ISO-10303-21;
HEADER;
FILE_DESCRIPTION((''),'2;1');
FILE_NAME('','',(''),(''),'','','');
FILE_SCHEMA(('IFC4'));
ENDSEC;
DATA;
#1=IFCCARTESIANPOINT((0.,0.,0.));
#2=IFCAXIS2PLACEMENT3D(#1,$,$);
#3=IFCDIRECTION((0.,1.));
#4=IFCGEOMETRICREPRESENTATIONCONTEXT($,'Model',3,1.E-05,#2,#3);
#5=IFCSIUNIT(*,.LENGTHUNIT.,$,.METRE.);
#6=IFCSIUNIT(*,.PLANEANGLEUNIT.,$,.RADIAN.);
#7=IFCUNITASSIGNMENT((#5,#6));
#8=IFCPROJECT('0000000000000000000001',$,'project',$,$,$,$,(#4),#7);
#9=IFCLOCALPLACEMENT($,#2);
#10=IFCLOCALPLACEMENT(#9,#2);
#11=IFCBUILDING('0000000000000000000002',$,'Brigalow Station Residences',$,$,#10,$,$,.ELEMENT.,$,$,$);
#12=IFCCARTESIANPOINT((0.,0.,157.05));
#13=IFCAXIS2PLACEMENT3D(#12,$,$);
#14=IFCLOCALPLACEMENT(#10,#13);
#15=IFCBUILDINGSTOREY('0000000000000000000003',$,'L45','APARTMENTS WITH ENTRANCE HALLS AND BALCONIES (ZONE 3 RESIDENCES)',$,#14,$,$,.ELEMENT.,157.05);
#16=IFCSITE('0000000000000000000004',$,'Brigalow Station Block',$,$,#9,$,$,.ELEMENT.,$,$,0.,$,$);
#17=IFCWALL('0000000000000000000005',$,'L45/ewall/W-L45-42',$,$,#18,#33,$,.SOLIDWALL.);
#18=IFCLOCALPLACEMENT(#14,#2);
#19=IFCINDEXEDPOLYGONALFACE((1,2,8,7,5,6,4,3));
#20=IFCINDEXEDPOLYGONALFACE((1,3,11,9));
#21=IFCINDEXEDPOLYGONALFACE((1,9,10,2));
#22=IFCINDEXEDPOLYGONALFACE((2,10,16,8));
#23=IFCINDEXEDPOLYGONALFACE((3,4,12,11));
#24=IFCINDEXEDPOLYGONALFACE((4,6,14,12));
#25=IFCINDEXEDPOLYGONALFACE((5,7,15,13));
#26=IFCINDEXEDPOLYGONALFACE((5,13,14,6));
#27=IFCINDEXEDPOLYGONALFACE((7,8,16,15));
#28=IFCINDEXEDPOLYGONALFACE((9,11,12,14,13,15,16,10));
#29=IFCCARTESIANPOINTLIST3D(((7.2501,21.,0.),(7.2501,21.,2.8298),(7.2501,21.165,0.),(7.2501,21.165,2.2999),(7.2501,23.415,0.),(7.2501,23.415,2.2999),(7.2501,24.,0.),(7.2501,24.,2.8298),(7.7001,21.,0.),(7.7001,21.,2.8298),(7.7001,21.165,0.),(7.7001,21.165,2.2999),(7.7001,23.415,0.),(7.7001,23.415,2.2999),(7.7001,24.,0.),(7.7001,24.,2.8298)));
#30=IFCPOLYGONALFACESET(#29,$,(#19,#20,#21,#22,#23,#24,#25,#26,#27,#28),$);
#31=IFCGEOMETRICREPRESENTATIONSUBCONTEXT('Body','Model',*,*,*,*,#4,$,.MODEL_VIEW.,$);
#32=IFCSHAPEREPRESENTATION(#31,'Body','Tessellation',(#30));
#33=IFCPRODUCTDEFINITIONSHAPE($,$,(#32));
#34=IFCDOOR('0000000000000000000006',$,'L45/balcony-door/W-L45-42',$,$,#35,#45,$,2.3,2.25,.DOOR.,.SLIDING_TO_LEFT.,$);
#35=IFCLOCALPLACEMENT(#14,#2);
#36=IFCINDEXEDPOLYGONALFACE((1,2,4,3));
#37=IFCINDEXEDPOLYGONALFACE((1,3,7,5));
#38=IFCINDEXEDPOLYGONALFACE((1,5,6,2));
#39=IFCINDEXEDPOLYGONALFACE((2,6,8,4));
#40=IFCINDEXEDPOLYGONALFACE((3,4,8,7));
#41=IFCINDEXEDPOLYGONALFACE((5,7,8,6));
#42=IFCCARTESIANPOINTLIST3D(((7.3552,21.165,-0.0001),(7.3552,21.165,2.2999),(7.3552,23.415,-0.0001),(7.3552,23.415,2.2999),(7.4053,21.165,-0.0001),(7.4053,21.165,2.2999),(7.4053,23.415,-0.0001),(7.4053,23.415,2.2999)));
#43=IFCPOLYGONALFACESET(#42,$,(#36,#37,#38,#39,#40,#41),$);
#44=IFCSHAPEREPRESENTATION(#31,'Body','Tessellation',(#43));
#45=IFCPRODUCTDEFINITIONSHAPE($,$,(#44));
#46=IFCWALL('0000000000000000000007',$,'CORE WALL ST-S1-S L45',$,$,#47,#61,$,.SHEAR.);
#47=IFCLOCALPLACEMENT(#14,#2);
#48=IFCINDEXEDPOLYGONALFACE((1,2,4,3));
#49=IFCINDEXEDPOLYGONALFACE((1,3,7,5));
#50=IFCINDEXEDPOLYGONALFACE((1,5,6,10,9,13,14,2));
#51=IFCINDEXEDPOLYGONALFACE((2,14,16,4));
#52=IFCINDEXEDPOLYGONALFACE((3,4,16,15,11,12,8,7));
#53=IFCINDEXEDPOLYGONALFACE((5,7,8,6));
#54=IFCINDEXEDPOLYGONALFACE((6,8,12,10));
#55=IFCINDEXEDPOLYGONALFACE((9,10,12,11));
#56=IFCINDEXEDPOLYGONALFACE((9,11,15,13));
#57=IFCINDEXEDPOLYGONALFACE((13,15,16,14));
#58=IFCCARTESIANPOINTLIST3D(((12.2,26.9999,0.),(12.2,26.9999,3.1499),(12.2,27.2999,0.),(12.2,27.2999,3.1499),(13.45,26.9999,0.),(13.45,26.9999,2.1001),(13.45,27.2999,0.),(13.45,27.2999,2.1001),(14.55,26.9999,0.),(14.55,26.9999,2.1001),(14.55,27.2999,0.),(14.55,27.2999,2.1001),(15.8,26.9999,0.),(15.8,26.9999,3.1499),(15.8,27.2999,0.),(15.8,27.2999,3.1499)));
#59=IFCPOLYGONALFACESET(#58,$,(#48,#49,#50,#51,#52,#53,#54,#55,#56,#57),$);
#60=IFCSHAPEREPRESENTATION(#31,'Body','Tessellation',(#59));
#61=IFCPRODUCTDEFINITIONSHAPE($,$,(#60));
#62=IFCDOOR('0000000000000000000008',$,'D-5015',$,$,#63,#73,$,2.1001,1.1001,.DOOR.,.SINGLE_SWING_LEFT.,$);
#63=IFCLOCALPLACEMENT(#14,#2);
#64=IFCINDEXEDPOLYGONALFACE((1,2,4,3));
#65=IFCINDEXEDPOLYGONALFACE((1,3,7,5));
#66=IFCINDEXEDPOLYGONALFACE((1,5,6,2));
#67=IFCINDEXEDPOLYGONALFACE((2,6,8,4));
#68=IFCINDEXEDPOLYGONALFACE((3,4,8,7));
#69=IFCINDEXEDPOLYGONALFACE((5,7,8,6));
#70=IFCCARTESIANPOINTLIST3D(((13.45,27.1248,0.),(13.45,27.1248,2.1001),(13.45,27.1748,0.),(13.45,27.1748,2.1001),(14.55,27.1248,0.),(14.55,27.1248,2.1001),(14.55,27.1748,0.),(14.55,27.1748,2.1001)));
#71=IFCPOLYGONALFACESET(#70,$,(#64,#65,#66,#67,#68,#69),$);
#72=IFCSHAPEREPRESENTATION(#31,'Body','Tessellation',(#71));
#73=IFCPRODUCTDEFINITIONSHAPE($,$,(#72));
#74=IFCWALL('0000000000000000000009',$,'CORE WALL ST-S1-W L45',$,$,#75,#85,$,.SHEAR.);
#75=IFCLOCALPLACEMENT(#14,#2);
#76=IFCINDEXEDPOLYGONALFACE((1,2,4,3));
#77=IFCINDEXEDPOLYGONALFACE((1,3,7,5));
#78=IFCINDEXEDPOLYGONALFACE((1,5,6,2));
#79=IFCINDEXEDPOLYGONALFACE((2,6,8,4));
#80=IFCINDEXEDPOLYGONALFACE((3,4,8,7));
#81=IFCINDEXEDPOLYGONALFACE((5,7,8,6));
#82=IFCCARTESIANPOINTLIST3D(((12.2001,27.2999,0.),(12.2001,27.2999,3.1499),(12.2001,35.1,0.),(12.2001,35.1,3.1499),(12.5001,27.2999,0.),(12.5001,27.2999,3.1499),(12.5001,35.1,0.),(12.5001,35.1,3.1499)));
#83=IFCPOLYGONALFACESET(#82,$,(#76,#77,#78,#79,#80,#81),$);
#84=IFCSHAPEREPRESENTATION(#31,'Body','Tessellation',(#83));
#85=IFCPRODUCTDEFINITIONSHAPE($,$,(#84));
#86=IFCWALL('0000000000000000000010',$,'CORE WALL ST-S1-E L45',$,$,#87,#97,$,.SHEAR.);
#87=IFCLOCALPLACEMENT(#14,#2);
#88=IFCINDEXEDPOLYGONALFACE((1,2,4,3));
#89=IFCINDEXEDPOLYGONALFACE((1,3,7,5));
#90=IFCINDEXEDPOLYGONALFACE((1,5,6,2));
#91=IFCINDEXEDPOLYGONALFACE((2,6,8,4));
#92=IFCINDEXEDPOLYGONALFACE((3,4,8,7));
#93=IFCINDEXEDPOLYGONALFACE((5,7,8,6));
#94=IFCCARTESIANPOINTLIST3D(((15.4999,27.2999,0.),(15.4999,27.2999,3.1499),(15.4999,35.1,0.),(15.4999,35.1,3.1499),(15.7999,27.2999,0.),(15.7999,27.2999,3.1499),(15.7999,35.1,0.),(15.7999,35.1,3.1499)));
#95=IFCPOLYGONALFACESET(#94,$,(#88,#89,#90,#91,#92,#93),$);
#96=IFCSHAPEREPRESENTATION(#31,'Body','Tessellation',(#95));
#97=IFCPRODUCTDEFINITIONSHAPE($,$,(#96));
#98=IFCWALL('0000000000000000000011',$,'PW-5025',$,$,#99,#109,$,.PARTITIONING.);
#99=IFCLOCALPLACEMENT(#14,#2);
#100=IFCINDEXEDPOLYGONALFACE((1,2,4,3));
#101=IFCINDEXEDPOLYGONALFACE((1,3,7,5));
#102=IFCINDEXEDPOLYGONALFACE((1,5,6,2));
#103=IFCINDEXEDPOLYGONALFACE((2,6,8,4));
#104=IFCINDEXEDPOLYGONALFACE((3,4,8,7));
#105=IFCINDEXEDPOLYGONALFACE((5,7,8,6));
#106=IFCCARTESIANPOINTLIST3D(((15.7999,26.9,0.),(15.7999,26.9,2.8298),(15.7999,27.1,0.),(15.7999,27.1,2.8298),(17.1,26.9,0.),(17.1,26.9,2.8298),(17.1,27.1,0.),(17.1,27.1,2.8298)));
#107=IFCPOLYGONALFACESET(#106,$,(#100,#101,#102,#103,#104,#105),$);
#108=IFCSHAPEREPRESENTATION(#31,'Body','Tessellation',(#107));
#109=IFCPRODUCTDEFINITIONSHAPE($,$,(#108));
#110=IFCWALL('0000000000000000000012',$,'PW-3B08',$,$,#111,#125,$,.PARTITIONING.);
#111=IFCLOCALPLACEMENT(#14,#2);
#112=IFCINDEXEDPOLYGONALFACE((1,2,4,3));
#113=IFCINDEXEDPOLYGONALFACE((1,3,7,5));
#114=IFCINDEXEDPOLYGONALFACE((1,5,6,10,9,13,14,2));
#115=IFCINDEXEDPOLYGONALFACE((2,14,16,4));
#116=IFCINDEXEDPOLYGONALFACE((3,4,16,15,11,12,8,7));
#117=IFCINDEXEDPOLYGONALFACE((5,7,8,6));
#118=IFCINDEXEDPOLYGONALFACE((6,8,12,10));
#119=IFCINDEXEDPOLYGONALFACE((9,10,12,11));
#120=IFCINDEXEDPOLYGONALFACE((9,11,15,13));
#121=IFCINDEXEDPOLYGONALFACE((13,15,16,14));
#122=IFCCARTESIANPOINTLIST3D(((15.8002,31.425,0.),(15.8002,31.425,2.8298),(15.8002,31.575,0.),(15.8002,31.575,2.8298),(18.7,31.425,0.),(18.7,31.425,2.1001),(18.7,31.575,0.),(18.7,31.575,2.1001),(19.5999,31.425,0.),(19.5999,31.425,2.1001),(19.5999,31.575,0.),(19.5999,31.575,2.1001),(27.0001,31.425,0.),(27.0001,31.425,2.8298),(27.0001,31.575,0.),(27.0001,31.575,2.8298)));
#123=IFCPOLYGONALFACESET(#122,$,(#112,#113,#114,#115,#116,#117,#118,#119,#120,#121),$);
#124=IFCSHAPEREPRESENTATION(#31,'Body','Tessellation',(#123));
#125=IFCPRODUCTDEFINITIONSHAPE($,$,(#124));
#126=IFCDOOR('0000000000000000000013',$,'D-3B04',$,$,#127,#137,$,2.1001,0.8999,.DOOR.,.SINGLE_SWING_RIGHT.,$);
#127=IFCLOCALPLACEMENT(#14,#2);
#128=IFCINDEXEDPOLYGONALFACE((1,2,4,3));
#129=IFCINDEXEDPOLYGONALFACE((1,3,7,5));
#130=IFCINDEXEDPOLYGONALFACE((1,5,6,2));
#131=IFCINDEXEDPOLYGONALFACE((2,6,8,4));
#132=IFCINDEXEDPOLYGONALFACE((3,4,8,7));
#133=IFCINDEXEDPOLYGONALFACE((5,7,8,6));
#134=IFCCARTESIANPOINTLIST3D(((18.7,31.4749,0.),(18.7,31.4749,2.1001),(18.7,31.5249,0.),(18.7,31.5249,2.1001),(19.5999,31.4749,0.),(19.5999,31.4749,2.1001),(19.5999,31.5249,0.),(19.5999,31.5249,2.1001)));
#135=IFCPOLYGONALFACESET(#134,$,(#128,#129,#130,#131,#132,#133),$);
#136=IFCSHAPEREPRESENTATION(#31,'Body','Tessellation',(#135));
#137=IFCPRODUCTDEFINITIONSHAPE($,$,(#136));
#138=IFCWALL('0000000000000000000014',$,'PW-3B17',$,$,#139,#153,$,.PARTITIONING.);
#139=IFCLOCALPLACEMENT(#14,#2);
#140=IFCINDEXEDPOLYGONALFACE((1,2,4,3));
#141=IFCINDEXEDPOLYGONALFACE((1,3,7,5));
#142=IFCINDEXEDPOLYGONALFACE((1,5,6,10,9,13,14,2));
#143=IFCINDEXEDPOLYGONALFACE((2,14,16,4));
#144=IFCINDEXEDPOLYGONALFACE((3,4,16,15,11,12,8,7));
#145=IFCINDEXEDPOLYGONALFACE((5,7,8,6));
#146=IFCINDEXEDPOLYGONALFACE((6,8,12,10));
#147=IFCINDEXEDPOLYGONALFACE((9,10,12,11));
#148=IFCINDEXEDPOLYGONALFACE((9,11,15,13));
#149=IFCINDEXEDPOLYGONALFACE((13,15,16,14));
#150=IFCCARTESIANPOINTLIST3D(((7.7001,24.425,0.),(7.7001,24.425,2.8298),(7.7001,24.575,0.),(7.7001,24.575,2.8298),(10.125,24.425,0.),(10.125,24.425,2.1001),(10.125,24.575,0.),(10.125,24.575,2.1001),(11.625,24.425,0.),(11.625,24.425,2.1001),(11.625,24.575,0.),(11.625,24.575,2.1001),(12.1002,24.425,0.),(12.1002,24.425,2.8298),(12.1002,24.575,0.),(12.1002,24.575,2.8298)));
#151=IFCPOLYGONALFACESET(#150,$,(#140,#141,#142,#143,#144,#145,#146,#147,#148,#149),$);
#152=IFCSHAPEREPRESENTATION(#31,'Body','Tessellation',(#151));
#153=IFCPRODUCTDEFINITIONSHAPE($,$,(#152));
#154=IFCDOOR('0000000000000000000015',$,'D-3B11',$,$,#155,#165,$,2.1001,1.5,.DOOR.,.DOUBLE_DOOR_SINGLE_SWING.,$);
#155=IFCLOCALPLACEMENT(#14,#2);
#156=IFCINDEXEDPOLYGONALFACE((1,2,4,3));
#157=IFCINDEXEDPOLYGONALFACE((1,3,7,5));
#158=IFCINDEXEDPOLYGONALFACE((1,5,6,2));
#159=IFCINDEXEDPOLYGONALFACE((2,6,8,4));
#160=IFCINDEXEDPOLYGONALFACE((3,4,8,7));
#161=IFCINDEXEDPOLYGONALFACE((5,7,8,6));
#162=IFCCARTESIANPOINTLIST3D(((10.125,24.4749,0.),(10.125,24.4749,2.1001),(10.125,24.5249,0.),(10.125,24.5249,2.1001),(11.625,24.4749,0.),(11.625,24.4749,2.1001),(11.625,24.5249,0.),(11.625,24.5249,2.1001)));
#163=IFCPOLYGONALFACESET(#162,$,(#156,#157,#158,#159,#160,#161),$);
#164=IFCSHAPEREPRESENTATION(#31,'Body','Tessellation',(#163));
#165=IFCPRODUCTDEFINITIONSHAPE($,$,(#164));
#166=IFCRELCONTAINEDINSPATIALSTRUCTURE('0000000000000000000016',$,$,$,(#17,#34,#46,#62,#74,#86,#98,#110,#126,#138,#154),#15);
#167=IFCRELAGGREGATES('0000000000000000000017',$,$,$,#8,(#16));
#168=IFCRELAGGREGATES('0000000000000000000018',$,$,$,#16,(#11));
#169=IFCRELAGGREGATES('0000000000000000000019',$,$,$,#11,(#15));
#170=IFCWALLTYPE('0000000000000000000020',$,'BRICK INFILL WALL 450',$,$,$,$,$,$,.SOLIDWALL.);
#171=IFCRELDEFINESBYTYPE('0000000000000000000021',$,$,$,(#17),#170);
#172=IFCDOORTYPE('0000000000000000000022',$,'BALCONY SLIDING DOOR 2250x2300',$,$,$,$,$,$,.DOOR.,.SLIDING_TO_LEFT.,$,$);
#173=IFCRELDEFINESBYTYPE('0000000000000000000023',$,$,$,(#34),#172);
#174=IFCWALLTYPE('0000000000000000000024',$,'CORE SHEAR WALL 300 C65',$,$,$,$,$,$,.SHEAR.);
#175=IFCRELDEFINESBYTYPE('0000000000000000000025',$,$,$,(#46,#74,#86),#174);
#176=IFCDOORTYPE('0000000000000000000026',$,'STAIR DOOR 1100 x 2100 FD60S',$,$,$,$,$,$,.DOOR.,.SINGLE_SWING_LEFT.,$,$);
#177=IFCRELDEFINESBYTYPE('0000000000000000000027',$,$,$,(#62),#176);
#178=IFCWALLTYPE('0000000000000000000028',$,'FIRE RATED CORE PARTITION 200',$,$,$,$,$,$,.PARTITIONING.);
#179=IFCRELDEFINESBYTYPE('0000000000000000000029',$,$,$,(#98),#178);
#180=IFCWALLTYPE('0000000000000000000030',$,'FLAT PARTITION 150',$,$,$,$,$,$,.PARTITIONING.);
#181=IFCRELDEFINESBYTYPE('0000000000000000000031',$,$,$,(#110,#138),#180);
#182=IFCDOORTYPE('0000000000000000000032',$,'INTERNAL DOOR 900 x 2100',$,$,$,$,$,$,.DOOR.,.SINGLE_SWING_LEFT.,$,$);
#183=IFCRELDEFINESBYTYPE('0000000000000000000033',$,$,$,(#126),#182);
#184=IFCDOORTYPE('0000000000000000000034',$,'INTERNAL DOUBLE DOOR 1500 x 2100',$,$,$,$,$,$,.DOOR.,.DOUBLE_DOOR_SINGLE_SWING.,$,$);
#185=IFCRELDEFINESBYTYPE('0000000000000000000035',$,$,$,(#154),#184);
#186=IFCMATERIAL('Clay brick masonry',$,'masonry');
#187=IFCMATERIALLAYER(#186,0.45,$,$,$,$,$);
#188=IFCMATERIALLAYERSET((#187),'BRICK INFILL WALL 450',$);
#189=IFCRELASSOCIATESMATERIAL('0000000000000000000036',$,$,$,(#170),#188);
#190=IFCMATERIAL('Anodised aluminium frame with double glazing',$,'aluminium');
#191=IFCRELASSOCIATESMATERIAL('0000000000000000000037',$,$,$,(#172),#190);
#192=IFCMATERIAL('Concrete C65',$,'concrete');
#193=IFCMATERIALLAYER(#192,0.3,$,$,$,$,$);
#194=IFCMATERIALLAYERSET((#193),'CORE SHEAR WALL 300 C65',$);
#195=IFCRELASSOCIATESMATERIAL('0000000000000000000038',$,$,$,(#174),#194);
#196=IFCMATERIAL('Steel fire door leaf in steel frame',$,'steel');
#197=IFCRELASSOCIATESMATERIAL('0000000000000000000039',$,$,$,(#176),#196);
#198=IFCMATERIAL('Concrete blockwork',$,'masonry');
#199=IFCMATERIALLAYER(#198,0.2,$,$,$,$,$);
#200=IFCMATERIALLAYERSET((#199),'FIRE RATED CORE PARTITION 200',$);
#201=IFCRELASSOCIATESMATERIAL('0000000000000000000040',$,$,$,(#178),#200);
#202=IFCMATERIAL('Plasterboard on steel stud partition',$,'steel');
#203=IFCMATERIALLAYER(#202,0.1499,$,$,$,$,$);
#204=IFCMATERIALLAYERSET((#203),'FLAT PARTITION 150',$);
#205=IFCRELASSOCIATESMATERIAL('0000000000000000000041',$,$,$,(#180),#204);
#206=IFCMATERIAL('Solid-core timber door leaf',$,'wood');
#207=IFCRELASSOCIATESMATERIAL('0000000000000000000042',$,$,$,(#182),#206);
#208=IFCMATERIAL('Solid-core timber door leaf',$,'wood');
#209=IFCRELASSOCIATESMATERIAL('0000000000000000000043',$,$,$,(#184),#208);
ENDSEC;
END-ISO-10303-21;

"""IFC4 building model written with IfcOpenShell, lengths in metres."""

from ifc_helpers import new_model, si_unit, direction, frame, frame_2d, origin, place, context, subcontext, project, spatial, rectangle, extrude, material, layer, layer_set, type_object, element, fill, save


model = new_model("IFC4")

# Units and contexts
model_context = context("Model", 3, precision=1e-05, world=origin(), true_north=direction((0.0, 1.0)))
body_context = subcontext(model_context, "Body", "Model", "MODEL_VIEW")
ifc_project = project(units=[si_unit("LENGTHUNIT", "METRE"), si_unit("PLANEANGLEUNIT", "RADIAN")], contexts=[model_context])

# Site, building, storey
site_placement = place(None, origin())
site = spatial("IfcSite", under=ifc_project, at=site_placement, Name="Brigalow Station Block", CompositionType="ELEMENT", RefElevation=0.0)
building_placement = place(site_placement, origin())
building = spatial("IfcBuilding", under=site, at=building_placement, Name="Brigalow Station Residences", CompositionType="ELEMENT")
storey_placement = place(building_placement, frame((0.0, 0.0, 157.05)))
storey = spatial("IfcBuildingStorey", under=building, at=storey_placement, Name="L45", Description="APARTMENTS WITH ENTRANCE HALLS AND BALCONIES (ZONE 3 RESIDENCES)", CompositionType="ELEMENT", Elevation=157.05)

# Shared definitions
ifc_material_1 = material(Name="Clay brick masonry", Category="masonry")
ifc_layer_1 = layer(ifc_material_1, 0.45)
ifc_layer_set_1 = layer_set([ifc_layer_1], Name="BRICK INFILL WALL 450")
wall_type_1 = type_object("IfcWallType", Name="BRICK INFILL WALL 450", PredefinedType="SOLIDWALL", material=ifc_layer_set_1)

# Walls, openings, doors
wall_1_placement = place(storey_placement, frame((7.4751, 24.0, 0.0), z_axis=(0.0, 0.0, 1.0), x_axis=(0.0, -1.0, 0.0)))
wall_1 = element("IfcWall", 1, at=wall_1_placement, inside=storey, type_object=wall_type_1, Name="L45/ewall/W-L45-42", PredefinedType="SOLIDWALL", context=body_context, shape_type="SweptSolid", body=[
    extrude(rectangle(XDim=3.0, YDim=0.45, at=frame_2d((1.5, 0.0))), origin(), (0.0, 0.0, 1.0), 2.8298),
])
opening_1_placement = place(wall_1_placement, frame((0.585, 0.0, 0.0)))
opening_1 = element("IfcOpeningElement", 2, at=opening_1_placement, cuts=wall_1, PredefinedType="OPENING", context=body_context, shape_type="SweptSolid", body=[
    extrude(rectangle(XDim=2.25, YDim=2.3, at=frame_2d((1.125, 1.1499))), frame((0.0, 0.2349, 0.0), z_axis=(0.0, -1.0, 0.0), x_axis=(1.0, 0.0, 0.0)), (0.0, 0.0, 1.0), 0.47),
])
ifc_material_2 = material(Name="Anodised aluminium frame with double glazing", Category="aluminium")
door_type_1 = type_object("IfcDoorType", Name="BALCONY SLIDING DOOR 2250x2300", OperationType="SLIDING_TO_LEFT", PredefinedType="DOOR", material=ifc_material_2)
door_1_placement = place(opening_1_placement, origin())
door_1 = element("IfcDoor", 3, at=door_1_placement, inside=storey, type_object=door_type_1, Name="L45/balcony-door/W-L45-42", OperationType="SLIDING_TO_LEFT", OverallHeight=2.3, OverallWidth=2.25, PredefinedType="DOOR", context=body_context, shape_type="SweptSolid", body=[
    extrude(rectangle(XDim=2.25, YDim=2.3, at=frame_2d((1.125, 1.1499))), frame((0.0, -0.0698, 0.0), z_axis=(0.0, -1.0, 0.0), x_axis=(1.0, 0.0, 0.0)), (0.0, 0.0, 1.0), 0.05),
])
fill(opening_1, door_1)
ifc_material_3 = material(Name="Concrete C65", Category="concrete")
ifc_layer_2 = layer(ifc_material_3, 0.3)
ifc_layer_set_2 = layer_set([ifc_layer_2], Name="CORE SHEAR WALL 300 C65")
wall_type_2 = type_object("IfcWallType", Name="CORE SHEAR WALL 300 C65", PredefinedType="SHEAR", material=ifc_layer_set_2)
wall_2_placement = place(storey_placement, frame((12.2, 27.1499, 0.0), z_axis=(0.0, 0.0, 1.0), x_axis=(1.0, 0.0, 0.0)))
wall_2 = element("IfcWall", 4, at=wall_2_placement, inside=storey, type_object=wall_type_2, Name="CORE WALL ST-S1-S L45", PredefinedType="SHEAR", context=body_context, shape_type="SweptSolid", body=[
    extrude(rectangle(XDim=3.6001, YDim=0.3, at=frame_2d((1.8, 0.0))), origin(), (0.0, 0.0, 1.0), 3.1499),
])
opening_2_placement = place(wall_2_placement, frame((1.25, 0.0, 0.0)))
opening_2 = element("IfcOpeningElement", 5, at=opening_2_placement, cuts=wall_2, PredefinedType="OPENING", context=body_context, shape_type="SweptSolid", body=[
    extrude(rectangle(XDim=1.1001, YDim=2.1001, at=frame_2d((0.55, 1.05))), frame((0.0, 0.1602, 0.0), z_axis=(0.0, -1.0, 0.0), x_axis=(1.0, 0.0, 0.0)), (0.0, 0.0, 1.0), 0.3201),
])
ifc_material_4 = material(Name="Steel fire door leaf in steel frame", Category="steel")
door_type_2 = type_object("IfcDoorType", Name="STAIR DOOR 1100 x 2100 FD60S", OperationType="SINGLE_SWING_LEFT", PredefinedType="DOOR", material=ifc_material_4)
door_2_placement = place(opening_2_placement, origin())
door_2 = element("IfcDoor", 6, at=door_2_placement, inside=storey, type_object=door_type_2, Name="D-5015", OperationType="SINGLE_SWING_LEFT", OverallHeight=2.1001, OverallWidth=1.1001, PredefinedType="DOOR", context=body_context, shape_type="SweptSolid", body=[
    extrude(rectangle(XDim=1.1001, YDim=2.1001, at=frame_2d((0.55, 1.05))), frame((0.0, 0.0249, 0.0), z_axis=(0.0, -1.0, 0.0), x_axis=(1.0, 0.0, 0.0)), (0.0, 0.0, 1.0), 0.05),
])
fill(opening_2, door_2)

# Walls
for number, where, z_axis, x_axis, name in (
    (7, (12.3501, 27.3, 0.0), (0.0, 0.0, 1.0), (0.0, 1.0, 0.0), "CORE WALL ST-S1-W L45"),
    (8, (15.6499, 27.3, 0.0), (0.0, 0.0, 1.0), (0.0, 1.0, 0.0), "CORE WALL ST-S1-E L45"),
):
    element("IfcWall", number, at=place(storey_placement, frame(where, z_axis=z_axis, x_axis=x_axis)), inside=storey, type_object=wall_type_2, Name=name, PredefinedType="SHEAR", context=body_context, shape_type="SweptSolid", body=[
        extrude(rectangle(XDim=7.8, YDim=0.3, at=frame_2d((3.8999, 0.0))), origin(), (0.0, 0.0, 1.0), 3.1499),
    ])
ifc_material_5 = material(Name="Concrete blockwork", Category="masonry")
ifc_layer_3 = layer(ifc_material_5, 0.2)
ifc_layer_set_3 = layer_set([ifc_layer_3], Name="FIRE RATED CORE PARTITION 200")
wall_type_3 = type_object("IfcWallType", Name="FIRE RATED CORE PARTITION 200", PredefinedType="PARTITIONING", material=ifc_layer_set_3)
wall_3_placement = place(storey_placement, frame((15.8, 27.0, 0.0), z_axis=(0.0, 0.0, 1.0), x_axis=(1.0, 0.0, 0.0)))
element("IfcWall", 9, at=wall_3_placement, inside=storey, type_object=wall_type_3, Name="PW-5025", PredefinedType="PARTITIONING", context=body_context, shape_type="SweptSolid", body=[
    extrude(rectangle(XDim=1.3, YDim=0.2, at=frame_2d((0.6499, 0.0))), origin(), (0.0, 0.0, 1.0), 2.8298),
])

# Walls, openings, doors
ifc_material_6 = material(Name="Plasterboard on steel stud partition", Category="steel")
ifc_layer_4 = layer(ifc_material_6, 0.1499)
ifc_layer_set_4 = layer_set([ifc_layer_4], Name="FLAT PARTITION 150")
wall_type_4 = type_object("IfcWallType", Name="FLAT PARTITION 150", PredefinedType="PARTITIONING", material=ifc_layer_set_4)
wall_4_placement = place(storey_placement, frame((15.8, 31.5, 0.0), z_axis=(0.0, 0.0, 1.0), x_axis=(1.0, 0.0, 0.0)))
wall_4 = element("IfcWall", 10, at=wall_4_placement, inside=storey, type_object=wall_type_4, Name="PW-3B08", PredefinedType="PARTITIONING", context=body_context, shape_type="SweptSolid", body=[
    extrude(rectangle(XDim=11.2, YDim=0.1499, at=frame_2d((5.6001, 0.0))), origin(), (0.0, 0.0, 1.0), 2.8298),
])
opening_3_placement = place(wall_4_placement, frame((2.8999, 0.0, 0.0)))
opening_3 = element("IfcOpeningElement", 11, at=opening_3_placement, cuts=wall_4, PredefinedType="OPENING", context=body_context, shape_type="SweptSolid", body=[
    extrude(rectangle(XDim=0.8999, YDim=2.1001, at=frame_2d((0.45, 1.05))), frame((0.0, 0.085, 0.0), z_axis=(0.0, -1.0, 0.0), x_axis=(1.0, 0.0, 0.0)), (0.0, 0.0, 1.0), 0.1699),
])
ifc_material_7 = material(Name="Solid-core timber door leaf", Category="wood")
door_type_3 = type_object("IfcDoorType", Name="INTERNAL DOOR 900 x 2100", OperationType="SINGLE_SWING_LEFT", PredefinedType="DOOR", material=ifc_material_7)
door_3_placement = place(opening_3_placement, origin())
door_3 = element("IfcDoor", 12, at=door_3_placement, inside=storey, type_object=door_type_3, Name="D-3B04", OperationType="SINGLE_SWING_RIGHT", OverallHeight=2.1001, OverallWidth=0.8999, PredefinedType="DOOR", context=body_context, shape_type="SweptSolid", body=[
    extrude(rectangle(XDim=0.8999, YDim=2.1001, at=frame_2d((0.45, 1.05))), frame((0.0, 0.0249, 0.0), z_axis=(0.0, -1.0, 0.0), x_axis=(1.0, 0.0, 0.0)), (0.0, 0.0, 1.0), 0.05),
])
fill(opening_3, door_3)
wall_5_placement = place(storey_placement, frame((7.7, 24.5, 0.0), z_axis=(0.0, 0.0, 1.0), x_axis=(1.0, 0.0, 0.0)))
wall_5 = element("IfcWall", 13, at=wall_5_placement, inside=storey, type_object=wall_type_4, Name="PW-3B17", PredefinedType="PARTITIONING", context=body_context, shape_type="SweptSolid", body=[
    extrude(rectangle(XDim=4.4001, YDim=0.1499, at=frame_2d((2.2002, 0.0))), origin(), (0.0, 0.0, 1.0), 2.8298),
])
opening_4_placement = place(wall_5_placement, frame((2.425, 0.0, 0.0)))
opening_4 = element("IfcOpeningElement", 14, at=opening_4_placement, cuts=wall_5, PredefinedType="OPENING", context=body_context, shape_type="SweptSolid", body=[
    extrude(rectangle(XDim=1.5, YDim=2.1001, at=frame_2d((0.75, 1.05))), frame((0.0, 0.085, 0.0), z_axis=(0.0, -1.0, 0.0), x_axis=(1.0, 0.0, 0.0)), (0.0, 0.0, 1.0), 0.1699),
])
ifc_material_8 = material(Name="Solid-core timber door leaf", Category="wood")
door_type_4 = type_object("IfcDoorType", Name="INTERNAL DOUBLE DOOR 1500 x 2100", OperationType="DOUBLE_DOOR_SINGLE_SWING", PredefinedType="DOOR", material=ifc_material_8)
door_4_placement = place(opening_4_placement, origin())
door_4 = element("IfcDoor", 15, at=door_4_placement, inside=storey, type_object=door_type_4, Name="D-3B11", OperationType="DOUBLE_DOOR_SINGLE_SWING", OverallHeight=2.1001, OverallWidth=1.5, PredefinedType="DOOR", context=body_context, shape_type="SweptSolid", body=[
    extrude(rectangle(XDim=1.5, YDim=2.1001, at=frame_2d((0.75, 1.05))), frame((0.0, 0.0249, 0.0), z_axis=(0.0, -1.0, 0.0), x_axis=(1.0, 0.0, 0.0)), (0.0, 0.0, 1.0), 0.05),
])
fill(opening_4, door_4)

save(model, "model.ifc")
